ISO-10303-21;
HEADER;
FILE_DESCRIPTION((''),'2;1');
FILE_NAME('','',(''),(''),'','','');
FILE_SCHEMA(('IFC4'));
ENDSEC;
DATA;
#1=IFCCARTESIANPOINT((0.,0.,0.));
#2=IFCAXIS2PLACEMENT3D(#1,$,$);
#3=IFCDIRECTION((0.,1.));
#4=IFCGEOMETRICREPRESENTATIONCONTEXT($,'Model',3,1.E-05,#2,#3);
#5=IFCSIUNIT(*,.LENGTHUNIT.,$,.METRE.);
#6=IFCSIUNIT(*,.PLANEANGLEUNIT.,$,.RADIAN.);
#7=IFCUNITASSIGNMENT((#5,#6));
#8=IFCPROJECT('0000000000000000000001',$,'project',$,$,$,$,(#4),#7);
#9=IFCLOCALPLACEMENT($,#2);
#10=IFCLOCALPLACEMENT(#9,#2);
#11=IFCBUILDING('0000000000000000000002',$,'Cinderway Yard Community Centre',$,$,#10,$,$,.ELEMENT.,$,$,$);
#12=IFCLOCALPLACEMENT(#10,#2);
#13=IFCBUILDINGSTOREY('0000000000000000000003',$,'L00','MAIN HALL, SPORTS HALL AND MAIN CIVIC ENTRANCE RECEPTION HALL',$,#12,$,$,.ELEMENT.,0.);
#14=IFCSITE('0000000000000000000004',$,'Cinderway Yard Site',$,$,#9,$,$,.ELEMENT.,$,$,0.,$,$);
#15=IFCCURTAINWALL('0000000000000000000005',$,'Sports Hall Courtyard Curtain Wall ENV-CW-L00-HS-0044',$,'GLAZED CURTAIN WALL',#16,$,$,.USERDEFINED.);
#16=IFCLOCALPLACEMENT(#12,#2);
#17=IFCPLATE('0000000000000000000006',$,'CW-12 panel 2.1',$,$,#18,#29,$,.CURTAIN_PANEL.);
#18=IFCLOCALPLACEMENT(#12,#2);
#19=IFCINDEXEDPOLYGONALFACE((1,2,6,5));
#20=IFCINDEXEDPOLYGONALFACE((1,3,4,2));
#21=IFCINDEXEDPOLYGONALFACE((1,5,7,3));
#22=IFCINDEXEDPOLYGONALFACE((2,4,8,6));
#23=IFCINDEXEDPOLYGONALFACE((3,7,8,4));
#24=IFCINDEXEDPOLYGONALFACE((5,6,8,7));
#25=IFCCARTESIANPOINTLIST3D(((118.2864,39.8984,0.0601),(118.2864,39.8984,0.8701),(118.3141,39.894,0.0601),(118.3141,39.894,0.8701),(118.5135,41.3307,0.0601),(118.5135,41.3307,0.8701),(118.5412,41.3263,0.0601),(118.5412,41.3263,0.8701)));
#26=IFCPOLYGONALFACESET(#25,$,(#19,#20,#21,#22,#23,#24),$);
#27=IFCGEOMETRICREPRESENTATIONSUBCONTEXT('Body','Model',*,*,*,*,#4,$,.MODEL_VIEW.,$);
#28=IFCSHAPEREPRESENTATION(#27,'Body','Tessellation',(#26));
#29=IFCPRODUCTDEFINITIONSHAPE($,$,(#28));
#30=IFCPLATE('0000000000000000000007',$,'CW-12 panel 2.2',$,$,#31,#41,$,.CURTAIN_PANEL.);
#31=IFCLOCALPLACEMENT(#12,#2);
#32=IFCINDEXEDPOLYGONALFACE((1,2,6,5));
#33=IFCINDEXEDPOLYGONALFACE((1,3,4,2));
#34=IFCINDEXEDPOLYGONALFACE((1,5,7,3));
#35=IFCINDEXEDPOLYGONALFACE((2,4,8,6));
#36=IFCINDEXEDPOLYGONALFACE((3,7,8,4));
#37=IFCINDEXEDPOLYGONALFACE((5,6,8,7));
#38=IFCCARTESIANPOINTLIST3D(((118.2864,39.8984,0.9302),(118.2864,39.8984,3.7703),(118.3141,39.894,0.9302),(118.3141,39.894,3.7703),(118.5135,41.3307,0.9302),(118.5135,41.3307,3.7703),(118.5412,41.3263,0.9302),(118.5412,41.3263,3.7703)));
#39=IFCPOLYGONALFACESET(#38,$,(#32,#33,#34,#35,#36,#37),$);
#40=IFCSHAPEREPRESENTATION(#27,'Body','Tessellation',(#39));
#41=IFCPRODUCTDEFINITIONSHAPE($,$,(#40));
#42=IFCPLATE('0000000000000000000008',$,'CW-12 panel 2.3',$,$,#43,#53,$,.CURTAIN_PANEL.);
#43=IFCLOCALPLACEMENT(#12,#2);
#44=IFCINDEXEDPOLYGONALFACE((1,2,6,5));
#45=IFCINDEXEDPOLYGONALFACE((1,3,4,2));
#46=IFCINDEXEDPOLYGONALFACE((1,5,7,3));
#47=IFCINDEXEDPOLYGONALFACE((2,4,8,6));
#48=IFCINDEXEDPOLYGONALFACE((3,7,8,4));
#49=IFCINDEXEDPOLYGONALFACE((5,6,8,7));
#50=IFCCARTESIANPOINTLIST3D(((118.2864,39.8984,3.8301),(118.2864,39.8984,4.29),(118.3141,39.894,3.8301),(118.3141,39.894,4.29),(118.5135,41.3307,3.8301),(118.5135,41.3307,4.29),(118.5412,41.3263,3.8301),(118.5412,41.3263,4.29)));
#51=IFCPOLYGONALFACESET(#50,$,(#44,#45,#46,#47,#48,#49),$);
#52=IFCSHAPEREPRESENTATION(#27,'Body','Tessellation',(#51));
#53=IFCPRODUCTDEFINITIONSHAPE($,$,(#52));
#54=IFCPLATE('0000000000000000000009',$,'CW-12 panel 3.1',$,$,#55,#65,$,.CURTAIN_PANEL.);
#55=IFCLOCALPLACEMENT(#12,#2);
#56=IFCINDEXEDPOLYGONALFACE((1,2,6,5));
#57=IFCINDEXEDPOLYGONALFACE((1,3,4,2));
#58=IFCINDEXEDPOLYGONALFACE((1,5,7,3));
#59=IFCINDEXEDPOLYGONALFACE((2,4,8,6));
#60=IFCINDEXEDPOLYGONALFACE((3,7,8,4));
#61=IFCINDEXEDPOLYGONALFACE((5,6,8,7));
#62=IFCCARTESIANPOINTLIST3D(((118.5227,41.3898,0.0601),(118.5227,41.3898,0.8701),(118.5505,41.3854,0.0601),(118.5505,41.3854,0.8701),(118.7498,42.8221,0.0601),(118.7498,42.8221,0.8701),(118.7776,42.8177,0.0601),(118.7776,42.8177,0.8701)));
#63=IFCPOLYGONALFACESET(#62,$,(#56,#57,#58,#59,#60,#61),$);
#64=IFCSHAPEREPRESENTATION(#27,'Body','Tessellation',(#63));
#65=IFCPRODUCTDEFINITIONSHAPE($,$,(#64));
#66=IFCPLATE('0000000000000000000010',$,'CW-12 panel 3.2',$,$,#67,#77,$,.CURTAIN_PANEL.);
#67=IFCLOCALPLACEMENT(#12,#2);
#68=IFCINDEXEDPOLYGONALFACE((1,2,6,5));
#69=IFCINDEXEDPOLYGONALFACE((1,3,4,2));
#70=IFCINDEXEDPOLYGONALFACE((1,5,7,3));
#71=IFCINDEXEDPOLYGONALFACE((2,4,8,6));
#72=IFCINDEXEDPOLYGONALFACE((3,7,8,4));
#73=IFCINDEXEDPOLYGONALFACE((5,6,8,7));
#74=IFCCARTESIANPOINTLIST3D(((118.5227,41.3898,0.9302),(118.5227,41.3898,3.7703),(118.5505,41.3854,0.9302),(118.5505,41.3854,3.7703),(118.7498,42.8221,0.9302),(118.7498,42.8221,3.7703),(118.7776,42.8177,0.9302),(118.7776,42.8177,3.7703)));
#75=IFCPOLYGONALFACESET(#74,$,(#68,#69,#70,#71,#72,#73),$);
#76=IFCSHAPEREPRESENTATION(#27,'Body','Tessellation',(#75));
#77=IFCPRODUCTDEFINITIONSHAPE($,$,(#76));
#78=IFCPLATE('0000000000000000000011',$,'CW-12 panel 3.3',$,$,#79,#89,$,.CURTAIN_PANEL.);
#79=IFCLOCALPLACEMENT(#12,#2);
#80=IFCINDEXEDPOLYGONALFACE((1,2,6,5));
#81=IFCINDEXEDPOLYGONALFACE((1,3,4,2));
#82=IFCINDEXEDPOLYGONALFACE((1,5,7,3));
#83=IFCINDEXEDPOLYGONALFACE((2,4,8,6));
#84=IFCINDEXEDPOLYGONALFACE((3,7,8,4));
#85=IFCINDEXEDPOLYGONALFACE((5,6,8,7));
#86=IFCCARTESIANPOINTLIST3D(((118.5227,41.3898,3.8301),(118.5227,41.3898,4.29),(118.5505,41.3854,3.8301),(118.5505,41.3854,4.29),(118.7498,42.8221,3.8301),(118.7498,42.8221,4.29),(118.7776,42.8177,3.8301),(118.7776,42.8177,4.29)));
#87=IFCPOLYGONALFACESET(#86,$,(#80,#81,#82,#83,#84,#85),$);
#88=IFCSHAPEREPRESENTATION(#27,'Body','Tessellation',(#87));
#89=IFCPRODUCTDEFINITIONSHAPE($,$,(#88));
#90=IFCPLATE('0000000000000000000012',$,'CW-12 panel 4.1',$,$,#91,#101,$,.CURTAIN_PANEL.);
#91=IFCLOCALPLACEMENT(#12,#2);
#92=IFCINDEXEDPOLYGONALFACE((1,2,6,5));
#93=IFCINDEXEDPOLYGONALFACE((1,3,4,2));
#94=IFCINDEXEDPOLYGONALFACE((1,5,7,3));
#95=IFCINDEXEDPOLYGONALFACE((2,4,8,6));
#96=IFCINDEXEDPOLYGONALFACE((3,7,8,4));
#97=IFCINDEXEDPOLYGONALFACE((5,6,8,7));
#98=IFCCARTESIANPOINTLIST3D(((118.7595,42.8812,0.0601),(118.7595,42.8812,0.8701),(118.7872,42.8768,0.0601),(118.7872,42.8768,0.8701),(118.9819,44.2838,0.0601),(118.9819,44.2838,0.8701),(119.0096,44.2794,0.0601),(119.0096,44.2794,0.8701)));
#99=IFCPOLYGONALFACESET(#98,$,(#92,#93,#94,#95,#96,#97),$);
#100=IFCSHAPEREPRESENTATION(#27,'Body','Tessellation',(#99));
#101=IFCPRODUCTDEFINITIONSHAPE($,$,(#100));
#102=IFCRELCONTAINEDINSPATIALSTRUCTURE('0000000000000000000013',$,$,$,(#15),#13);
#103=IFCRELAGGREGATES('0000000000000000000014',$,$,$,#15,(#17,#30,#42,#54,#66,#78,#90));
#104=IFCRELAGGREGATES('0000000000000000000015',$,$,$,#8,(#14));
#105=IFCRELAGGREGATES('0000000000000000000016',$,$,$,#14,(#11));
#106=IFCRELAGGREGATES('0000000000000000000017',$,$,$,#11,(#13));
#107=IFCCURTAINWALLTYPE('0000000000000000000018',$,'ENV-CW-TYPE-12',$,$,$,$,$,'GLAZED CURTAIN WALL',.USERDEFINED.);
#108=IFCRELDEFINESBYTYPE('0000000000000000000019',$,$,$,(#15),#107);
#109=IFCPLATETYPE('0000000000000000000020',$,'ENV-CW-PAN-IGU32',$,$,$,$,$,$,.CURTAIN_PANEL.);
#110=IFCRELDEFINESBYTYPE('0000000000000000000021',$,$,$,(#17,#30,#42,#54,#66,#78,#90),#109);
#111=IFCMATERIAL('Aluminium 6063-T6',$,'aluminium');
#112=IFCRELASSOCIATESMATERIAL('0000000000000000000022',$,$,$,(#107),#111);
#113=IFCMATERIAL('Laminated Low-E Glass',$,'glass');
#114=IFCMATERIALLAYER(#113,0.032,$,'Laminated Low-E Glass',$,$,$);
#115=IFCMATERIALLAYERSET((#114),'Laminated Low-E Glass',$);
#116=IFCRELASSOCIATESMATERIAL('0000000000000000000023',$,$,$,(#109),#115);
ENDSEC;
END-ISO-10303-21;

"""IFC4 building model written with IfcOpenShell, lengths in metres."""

from ifc_helpers import new_model, si_unit, direction, frame, origin, origin_2d, place, context, subcontext, project, spatial, rectangle, extrude, material, layer, layer_set, type_object, element, aggregate, save


model = new_model("IFC4")

# Units and contexts
model_context = context("Model", 3, precision=1e-05, world=origin(), true_north=direction((0.0, 1.0)))
body_context = subcontext(model_context, "Body", "Model", "MODEL_VIEW")
ifc_project = project(units=[si_unit("LENGTHUNIT", "METRE"), si_unit("PLANEANGLEUNIT", "RADIAN")], contexts=[model_context])

# Site, building, storey
site_placement = place(None, origin())
site = spatial("IfcSite", under=ifc_project, at=site_placement, Name="Cinderway Yard Site", CompositionType="ELEMENT", RefElevation=0.0)
building_placement = place(site_placement, origin())
building = spatial("IfcBuilding", under=site, at=building_placement, Name="Cinderway Yard Community Centre", CompositionType="ELEMENT")
storey_placement = place(building_placement, origin())
storey = spatial("IfcBuildingStorey", under=building, at=storey_placement, Name="L00", Description="MAIN HALL, SPORTS HALL AND MAIN CIVIC ENTRANCE RECEPTION HALL", CompositionType="ELEMENT", Elevation=0.0)

# Curtain wall, plates
ifc_material_1 = material(Name="Aluminium 6063-T6", Category="aluminium")
curtain_wall_type = type_object("IfcCurtainWallType", Name="ENV-CW-TYPE-12", ElementType="GLAZED CURTAIN WALL", PredefinedType="USERDEFINED", material=ifc_material_1)
curtain_wall_placement = place(storey_placement, origin())
curtain_wall = element("IfcCurtainWall", 1, at=curtain_wall_placement, inside=storey, type_object=curtain_wall_type, Name="Sports Hall Courtyard Curtain Wall ENV-CW-L00-HS-0044", ObjectType="GLAZED CURTAIN WALL", PredefinedType="USERDEFINED")
ifc_material_2 = material(Name="Laminated Low-E Glass", Category="glass")
ifc_layer = layer(ifc_material_2, 0.032, Name="Laminated Low-E Glass")
ifc_layer_set = layer_set([ifc_layer], Name="Laminated Low-E Glass")
plate_type = type_object("IfcPlateType", Name="ENV-CW-PAN-IGU32", PredefinedType="CURTAIN_PANEL", material=ifc_layer_set)
plate_1_placement = place(storey_placement, frame((118.4138, 40.6123, 0.0601), z_axis=(0.0, 0.0, 1.0), x_axis=(0.156609, 0.987661, 0.0)))
plate_1 = element("IfcPlate", 2, at=plate_1_placement, type_object=plate_type, Name="CW-12 panel 2.1", PredefinedType="CURTAIN_PANEL", context=body_context, shape_type="SweptSolid", body=[
    extrude(rectangle(XDim=1.4502, YDim=0.0281, at=origin_2d()), origin(), (0.0, 0.0, 1.0), 0.8101),
])
plate_2_placement = place(storey_placement, frame((118.4138, 40.6123, 0.9302), z_axis=(0.0, 0.0, 1.0), x_axis=(0.156609, 0.987661, 0.0)))
plate_2 = element("IfcPlate", 3, at=plate_2_placement, type_object=plate_type, Name="CW-12 panel 2.2", PredefinedType="CURTAIN_PANEL", context=body_context, shape_type="SweptSolid", body=[
    extrude(rectangle(XDim=1.4502, YDim=0.0281, at=origin_2d()), origin(), (0.0, 0.0, 1.0), 2.8401),
])
plate_3_placement = place(storey_placement, frame((118.4138, 40.6123, 3.8301), z_axis=(0.0, 0.0, 1.0), x_axis=(0.156609, 0.987661, 0.0)))
plate_3 = element("IfcPlate", 4, at=plate_3_placement, type_object=plate_type, Name="CW-12 panel 2.3", PredefinedType="CURTAIN_PANEL", context=body_context, shape_type="SweptSolid", body=[
    extrude(rectangle(XDim=1.4502, YDim=0.0281, at=origin_2d()), origin(), (0.0, 0.0, 1.0), 0.46),
])
plate_4_placement = place(storey_placement, frame((118.6501, 42.1038, 0.0601), z_axis=(0.0, 0.0, 1.0), x_axis=(0.156609, 0.987661, 0.0)))
plate_4 = element("IfcPlate", 5, at=plate_4_placement, type_object=plate_type, Name="CW-12 panel 3.1", PredefinedType="CURTAIN_PANEL", context=body_context, shape_type="SweptSolid", body=[
    extrude(rectangle(XDim=1.4502, YDim=0.0281, at=origin_2d()), origin(), (0.0, 0.0, 1.0), 0.8101),
])
plate_5_placement = place(storey_placement, frame((118.6501, 42.1038, 0.9302), z_axis=(0.0, 0.0, 1.0), x_axis=(0.156609, 0.987661, 0.0)))
plate_5 = element("IfcPlate", 6, at=plate_5_placement, type_object=plate_type, Name="CW-12 panel 3.2", PredefinedType="CURTAIN_PANEL", context=body_context, shape_type="SweptSolid", body=[
    extrude(rectangle(XDim=1.4502, YDim=0.0281, at=origin_2d()), origin(), (0.0, 0.0, 1.0), 2.8401),
])
plate_6_placement = place(storey_placement, frame((118.6501, 42.1038, 3.8301), z_axis=(0.0, 0.0, 1.0), x_axis=(0.156609, 0.987661, 0.0)))
plate_6 = element("IfcPlate", 7, at=plate_6_placement, type_object=plate_type, Name="CW-12 panel 3.3", PredefinedType="CURTAIN_PANEL", context=body_context, shape_type="SweptSolid", body=[
    extrude(rectangle(XDim=1.4502, YDim=0.0281, at=origin_2d()), origin(), (0.0, 0.0, 1.0), 0.46),
])
plate_7_placement = place(storey_placement, frame((118.8845, 43.5803, 0.0601), z_axis=(0.0, 0.0, 1.0), x_axis=(0.156609, 0.987661, 0.0)))
plate_7 = element("IfcPlate", 8, at=plate_7_placement, type_object=plate_type, Name="CW-12 panel 4.1", PredefinedType="CURTAIN_PANEL", context=body_context, shape_type="SweptSolid", body=[
    extrude(rectangle(XDim=1.4202, YDim=0.0281, at=origin_2d()), origin(), (0.0, 0.0, 1.0), 0.8101),
])
aggregate(curtain_wall, [plate_1, plate_2, plate_3, plate_4, plate_5, plate_6, plate_7])

save(model, "model.ifc")
